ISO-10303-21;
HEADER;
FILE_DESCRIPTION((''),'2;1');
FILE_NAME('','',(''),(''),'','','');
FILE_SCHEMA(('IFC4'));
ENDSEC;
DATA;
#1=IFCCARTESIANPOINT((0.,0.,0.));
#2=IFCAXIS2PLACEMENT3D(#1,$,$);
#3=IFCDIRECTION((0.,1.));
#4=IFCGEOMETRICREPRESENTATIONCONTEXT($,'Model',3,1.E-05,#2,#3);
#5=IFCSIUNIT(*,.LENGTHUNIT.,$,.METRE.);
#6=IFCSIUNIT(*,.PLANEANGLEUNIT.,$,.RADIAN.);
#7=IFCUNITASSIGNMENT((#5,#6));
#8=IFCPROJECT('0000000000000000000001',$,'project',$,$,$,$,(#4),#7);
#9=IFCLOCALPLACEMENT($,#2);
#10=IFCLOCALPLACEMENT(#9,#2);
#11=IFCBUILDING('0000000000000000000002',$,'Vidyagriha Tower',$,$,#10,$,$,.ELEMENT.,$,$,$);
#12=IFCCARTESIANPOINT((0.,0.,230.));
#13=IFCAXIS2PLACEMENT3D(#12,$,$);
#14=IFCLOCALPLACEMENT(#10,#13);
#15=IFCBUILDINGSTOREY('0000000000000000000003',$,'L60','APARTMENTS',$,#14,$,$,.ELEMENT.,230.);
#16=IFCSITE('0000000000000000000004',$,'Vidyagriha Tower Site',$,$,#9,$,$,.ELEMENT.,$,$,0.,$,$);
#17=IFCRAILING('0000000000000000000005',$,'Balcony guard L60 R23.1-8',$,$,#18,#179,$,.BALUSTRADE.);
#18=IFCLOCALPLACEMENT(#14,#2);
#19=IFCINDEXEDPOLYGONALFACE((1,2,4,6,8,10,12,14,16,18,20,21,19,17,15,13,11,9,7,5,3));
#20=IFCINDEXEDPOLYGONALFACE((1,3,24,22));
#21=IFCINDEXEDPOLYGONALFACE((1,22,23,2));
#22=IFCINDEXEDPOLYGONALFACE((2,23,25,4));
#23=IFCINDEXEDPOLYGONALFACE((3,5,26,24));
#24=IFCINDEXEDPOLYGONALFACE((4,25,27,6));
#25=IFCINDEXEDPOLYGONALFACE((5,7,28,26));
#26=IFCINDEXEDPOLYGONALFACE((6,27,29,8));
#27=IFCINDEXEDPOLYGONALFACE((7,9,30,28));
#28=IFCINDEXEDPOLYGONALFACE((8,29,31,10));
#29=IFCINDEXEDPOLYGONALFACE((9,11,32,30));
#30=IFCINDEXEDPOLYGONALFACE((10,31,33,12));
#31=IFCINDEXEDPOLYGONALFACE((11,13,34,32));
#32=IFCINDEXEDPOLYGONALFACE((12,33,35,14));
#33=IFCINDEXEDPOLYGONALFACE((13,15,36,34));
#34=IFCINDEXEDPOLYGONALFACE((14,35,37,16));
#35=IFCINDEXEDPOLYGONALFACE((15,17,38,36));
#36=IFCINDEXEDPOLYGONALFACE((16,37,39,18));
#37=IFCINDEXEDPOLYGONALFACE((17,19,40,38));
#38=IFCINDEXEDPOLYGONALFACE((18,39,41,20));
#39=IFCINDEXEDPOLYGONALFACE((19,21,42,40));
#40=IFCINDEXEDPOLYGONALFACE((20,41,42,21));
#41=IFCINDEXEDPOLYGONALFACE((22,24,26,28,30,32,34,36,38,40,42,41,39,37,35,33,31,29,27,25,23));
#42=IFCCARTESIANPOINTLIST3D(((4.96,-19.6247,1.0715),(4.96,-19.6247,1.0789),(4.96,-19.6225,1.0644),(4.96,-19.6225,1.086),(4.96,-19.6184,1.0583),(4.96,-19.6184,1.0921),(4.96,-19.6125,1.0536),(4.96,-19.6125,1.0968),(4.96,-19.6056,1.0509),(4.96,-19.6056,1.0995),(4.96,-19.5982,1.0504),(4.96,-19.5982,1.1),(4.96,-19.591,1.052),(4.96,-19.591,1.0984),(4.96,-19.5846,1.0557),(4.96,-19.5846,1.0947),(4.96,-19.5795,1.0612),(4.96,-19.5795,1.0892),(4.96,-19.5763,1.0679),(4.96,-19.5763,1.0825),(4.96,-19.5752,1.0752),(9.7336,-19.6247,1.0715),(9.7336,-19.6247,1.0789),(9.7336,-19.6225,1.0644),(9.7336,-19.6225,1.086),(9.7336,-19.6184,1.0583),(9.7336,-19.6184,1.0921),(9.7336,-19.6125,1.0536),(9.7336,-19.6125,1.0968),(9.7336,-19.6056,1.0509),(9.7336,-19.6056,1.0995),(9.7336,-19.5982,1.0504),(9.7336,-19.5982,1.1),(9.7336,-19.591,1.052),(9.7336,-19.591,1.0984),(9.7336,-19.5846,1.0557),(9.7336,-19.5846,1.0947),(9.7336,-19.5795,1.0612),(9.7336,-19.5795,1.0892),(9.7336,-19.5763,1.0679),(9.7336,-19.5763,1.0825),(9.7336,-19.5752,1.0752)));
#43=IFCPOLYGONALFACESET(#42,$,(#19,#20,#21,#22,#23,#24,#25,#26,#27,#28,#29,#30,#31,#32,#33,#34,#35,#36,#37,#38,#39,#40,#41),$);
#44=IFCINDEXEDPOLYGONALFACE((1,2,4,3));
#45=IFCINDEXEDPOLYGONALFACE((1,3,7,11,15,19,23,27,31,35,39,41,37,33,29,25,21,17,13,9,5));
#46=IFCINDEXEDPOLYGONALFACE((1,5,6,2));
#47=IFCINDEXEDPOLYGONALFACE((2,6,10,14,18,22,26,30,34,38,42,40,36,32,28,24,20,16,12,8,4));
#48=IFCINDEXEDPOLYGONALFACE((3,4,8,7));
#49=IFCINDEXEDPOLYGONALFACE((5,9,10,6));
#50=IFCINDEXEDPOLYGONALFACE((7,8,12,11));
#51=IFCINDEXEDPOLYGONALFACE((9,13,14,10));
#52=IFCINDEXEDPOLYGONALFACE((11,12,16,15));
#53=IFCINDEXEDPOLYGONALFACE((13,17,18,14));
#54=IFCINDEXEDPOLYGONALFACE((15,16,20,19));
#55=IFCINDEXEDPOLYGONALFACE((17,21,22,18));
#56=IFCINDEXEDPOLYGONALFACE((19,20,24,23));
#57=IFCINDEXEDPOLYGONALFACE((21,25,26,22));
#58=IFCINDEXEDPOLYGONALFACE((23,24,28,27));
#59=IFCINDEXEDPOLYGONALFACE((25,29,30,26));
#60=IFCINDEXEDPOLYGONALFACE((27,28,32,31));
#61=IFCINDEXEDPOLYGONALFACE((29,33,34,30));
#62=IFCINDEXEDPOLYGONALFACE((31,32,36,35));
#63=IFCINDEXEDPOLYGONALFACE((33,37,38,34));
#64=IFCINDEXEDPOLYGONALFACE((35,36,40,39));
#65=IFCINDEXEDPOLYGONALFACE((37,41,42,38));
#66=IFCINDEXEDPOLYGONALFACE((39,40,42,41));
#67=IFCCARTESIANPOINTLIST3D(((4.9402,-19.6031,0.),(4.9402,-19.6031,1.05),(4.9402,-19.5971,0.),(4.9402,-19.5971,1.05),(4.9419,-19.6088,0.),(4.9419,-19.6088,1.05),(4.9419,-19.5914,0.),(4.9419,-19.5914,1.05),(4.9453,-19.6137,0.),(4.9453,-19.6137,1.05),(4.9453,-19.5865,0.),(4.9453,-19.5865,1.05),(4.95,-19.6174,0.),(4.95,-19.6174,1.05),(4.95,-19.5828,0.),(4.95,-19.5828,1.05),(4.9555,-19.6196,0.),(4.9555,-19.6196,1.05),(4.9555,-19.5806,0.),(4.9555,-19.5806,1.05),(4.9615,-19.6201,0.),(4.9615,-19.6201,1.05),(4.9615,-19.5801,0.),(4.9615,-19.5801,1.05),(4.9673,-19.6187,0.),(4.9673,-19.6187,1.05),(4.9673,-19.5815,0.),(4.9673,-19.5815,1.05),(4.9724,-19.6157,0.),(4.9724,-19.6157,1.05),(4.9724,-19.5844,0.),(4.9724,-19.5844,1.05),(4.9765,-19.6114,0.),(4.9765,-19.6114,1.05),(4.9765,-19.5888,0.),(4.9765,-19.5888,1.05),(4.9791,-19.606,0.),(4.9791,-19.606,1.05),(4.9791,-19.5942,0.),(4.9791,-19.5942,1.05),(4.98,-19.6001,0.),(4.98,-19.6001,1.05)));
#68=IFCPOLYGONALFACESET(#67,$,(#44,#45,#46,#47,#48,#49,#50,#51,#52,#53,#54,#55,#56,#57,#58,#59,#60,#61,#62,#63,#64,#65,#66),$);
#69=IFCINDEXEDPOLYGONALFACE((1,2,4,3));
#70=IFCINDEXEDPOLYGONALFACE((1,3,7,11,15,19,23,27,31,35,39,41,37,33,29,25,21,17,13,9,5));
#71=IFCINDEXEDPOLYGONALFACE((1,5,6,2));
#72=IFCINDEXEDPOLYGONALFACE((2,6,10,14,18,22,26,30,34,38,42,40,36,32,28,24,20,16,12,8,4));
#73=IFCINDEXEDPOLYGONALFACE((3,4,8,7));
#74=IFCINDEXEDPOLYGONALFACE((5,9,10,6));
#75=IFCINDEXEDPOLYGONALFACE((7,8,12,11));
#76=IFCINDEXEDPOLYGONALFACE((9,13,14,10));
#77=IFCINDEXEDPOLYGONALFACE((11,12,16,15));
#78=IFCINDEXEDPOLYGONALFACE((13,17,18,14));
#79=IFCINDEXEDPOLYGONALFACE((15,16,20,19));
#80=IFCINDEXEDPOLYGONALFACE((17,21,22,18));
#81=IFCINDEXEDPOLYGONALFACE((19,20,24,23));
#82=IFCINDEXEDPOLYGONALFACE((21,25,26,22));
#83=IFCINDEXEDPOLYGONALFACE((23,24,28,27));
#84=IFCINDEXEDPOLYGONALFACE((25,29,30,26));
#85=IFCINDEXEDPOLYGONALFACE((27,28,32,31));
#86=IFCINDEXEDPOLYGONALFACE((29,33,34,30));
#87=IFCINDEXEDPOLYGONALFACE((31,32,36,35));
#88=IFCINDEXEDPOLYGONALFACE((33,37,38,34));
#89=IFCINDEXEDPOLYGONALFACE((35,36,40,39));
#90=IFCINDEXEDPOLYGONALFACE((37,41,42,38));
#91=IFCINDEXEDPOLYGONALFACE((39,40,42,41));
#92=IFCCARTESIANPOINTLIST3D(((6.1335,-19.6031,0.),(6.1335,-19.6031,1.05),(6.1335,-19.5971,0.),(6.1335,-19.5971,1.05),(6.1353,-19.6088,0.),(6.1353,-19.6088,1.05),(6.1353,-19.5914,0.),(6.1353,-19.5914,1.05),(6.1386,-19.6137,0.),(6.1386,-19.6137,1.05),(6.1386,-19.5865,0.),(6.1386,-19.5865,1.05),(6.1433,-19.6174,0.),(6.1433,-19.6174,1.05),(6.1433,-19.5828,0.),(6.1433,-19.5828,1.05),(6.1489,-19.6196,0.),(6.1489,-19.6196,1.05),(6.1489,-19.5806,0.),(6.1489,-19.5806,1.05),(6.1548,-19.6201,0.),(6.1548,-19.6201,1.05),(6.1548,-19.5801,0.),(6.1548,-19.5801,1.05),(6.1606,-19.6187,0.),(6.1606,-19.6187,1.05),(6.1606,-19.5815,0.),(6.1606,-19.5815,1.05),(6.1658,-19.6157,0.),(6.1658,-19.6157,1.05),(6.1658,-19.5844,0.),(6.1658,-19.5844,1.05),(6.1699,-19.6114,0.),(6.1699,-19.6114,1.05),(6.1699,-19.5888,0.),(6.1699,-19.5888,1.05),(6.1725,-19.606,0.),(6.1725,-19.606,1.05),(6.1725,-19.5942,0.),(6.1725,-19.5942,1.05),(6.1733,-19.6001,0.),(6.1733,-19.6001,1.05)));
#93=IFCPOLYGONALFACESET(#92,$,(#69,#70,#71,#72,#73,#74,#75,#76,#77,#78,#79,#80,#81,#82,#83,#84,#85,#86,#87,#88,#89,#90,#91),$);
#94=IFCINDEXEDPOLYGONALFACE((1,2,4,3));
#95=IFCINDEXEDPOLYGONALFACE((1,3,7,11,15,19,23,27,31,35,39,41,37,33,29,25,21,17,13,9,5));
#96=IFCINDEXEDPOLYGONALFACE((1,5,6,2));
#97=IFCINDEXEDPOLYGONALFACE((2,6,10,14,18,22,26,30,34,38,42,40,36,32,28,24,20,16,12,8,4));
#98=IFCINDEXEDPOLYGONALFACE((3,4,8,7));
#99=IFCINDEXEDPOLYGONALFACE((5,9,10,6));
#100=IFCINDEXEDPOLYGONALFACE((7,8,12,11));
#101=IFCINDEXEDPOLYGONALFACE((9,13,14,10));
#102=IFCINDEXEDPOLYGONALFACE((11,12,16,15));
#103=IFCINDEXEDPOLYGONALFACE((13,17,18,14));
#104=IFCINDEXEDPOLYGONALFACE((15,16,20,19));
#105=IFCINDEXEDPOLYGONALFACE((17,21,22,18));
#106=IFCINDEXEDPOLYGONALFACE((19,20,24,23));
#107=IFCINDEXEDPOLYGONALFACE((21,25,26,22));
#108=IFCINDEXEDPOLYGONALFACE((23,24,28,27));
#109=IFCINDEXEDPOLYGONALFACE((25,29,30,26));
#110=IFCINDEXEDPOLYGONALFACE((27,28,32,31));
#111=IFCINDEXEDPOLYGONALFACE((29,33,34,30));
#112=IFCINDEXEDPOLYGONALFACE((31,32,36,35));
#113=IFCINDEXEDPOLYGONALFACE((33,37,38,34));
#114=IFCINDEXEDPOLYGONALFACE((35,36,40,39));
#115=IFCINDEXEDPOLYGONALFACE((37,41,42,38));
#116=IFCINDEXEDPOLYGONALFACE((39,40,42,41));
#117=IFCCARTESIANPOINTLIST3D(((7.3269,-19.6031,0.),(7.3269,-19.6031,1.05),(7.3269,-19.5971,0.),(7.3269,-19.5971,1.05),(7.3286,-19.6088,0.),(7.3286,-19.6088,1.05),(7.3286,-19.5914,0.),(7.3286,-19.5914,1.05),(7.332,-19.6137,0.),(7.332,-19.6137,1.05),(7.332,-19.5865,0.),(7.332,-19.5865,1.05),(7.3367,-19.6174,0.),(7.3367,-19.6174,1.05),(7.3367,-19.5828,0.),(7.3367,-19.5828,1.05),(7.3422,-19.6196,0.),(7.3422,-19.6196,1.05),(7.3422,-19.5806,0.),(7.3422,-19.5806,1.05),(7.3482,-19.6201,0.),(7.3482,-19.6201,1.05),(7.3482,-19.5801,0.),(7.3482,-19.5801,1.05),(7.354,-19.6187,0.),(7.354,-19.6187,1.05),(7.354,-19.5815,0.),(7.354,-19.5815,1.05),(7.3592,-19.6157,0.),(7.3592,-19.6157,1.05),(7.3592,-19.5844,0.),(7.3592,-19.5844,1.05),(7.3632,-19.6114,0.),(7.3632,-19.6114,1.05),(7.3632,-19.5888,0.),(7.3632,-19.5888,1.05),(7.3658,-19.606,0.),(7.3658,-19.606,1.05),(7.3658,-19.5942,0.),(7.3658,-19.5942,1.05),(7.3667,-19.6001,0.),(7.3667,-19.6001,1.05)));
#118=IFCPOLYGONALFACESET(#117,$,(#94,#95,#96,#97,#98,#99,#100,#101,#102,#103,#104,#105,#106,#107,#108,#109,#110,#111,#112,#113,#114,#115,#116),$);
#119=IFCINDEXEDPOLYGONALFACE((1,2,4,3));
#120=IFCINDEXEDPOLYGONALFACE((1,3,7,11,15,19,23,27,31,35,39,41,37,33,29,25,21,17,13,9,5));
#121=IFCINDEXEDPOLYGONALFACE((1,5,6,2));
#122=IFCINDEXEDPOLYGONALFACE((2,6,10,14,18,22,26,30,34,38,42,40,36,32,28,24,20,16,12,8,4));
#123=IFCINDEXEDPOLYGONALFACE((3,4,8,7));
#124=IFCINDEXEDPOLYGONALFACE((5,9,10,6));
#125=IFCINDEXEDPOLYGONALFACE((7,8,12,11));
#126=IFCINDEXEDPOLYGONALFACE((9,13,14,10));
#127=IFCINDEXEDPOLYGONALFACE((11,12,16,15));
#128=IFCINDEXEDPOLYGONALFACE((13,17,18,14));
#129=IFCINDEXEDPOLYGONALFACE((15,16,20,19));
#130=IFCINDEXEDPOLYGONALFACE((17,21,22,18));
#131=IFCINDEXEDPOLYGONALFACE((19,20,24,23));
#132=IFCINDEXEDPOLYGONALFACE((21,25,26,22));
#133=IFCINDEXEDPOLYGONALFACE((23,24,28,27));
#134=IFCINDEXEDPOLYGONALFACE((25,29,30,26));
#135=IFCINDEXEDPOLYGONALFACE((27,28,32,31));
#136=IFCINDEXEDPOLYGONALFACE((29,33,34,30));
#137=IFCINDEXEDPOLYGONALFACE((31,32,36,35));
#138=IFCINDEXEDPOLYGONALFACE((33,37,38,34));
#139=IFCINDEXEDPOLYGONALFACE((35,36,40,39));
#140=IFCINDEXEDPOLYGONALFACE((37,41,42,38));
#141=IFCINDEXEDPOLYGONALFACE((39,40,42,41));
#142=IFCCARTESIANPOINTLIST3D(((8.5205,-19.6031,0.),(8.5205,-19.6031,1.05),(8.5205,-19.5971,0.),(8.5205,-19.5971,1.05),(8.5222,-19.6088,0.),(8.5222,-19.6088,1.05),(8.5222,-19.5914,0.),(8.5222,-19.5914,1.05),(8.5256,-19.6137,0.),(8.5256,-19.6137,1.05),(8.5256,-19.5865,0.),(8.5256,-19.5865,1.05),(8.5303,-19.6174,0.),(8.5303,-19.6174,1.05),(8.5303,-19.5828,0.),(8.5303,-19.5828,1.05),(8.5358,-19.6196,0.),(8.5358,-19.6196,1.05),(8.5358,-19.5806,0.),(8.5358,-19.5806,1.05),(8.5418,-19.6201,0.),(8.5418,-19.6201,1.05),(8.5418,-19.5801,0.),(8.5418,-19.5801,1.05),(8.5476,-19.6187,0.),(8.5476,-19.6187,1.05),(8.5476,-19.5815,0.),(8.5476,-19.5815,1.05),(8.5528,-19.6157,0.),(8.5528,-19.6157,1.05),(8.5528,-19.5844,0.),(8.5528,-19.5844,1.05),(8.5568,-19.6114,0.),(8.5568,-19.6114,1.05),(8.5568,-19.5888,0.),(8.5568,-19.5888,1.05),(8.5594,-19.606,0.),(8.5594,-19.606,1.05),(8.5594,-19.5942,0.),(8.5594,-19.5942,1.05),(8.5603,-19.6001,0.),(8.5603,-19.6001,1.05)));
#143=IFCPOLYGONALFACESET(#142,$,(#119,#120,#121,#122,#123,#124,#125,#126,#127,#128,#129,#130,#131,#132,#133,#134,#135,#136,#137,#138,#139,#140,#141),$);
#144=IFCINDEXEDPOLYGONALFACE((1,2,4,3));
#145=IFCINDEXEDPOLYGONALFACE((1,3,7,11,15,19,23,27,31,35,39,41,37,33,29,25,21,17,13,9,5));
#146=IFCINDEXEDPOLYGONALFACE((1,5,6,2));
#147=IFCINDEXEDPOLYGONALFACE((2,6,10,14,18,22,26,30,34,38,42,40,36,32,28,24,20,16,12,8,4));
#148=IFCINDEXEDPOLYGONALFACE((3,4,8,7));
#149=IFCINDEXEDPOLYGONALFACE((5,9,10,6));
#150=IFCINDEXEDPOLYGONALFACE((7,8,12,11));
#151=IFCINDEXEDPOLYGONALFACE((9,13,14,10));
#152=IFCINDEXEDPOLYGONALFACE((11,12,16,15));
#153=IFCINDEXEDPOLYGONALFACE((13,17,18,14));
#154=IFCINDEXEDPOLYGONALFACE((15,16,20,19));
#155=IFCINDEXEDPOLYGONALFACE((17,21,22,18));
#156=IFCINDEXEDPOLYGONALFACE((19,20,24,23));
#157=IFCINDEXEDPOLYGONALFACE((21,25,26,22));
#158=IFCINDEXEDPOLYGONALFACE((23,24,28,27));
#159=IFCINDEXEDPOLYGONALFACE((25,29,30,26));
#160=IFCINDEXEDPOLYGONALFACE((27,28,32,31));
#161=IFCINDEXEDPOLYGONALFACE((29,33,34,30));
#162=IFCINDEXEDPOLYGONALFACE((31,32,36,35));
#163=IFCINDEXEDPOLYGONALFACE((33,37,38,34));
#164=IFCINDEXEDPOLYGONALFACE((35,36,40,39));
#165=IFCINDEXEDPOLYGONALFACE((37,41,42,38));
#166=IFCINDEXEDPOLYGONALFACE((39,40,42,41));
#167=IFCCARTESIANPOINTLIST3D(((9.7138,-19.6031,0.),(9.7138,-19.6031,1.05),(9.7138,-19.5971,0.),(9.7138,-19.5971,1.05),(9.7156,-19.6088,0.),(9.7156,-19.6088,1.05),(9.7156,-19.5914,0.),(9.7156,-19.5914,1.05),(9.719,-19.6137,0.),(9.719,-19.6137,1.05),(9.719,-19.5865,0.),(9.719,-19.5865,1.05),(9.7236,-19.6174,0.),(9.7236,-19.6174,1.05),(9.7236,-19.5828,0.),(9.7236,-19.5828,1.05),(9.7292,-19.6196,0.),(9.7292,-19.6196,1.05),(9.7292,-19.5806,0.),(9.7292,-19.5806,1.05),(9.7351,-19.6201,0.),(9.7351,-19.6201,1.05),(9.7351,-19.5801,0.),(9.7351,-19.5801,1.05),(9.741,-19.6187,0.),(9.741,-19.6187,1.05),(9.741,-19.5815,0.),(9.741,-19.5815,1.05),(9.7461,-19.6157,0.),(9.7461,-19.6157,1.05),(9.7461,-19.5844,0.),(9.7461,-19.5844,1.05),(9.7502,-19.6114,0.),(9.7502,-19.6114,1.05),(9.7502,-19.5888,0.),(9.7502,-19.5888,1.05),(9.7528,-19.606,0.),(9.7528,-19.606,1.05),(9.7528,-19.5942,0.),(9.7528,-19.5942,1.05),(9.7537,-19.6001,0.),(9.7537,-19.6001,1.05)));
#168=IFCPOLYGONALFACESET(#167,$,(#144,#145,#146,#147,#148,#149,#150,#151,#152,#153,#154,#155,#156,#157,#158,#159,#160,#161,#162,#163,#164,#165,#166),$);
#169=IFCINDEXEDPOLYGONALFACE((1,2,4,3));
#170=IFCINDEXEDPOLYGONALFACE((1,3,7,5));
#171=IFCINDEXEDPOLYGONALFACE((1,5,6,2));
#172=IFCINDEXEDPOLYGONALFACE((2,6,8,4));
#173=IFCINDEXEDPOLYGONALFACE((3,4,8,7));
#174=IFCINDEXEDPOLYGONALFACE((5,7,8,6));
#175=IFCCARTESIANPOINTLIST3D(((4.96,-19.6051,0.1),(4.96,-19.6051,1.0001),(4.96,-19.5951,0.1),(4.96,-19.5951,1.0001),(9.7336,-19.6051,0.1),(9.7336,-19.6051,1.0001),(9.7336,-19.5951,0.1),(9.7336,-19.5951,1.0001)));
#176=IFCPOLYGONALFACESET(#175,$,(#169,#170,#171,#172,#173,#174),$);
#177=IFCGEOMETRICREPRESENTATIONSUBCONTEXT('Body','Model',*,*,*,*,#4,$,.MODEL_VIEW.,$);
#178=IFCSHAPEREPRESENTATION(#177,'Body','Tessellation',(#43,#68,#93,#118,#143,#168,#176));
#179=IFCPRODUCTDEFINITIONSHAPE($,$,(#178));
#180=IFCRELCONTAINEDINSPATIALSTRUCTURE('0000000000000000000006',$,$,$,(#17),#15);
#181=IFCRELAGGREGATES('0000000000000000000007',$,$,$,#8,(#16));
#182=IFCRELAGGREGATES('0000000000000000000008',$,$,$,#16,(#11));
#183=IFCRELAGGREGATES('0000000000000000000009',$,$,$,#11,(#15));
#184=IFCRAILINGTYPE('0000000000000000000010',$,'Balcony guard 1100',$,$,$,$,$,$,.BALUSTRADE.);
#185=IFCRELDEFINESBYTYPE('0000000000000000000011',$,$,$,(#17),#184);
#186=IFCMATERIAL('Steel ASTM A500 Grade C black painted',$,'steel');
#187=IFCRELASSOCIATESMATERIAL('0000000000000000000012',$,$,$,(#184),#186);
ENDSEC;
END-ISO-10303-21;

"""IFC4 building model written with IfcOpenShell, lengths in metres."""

from ifc_helpers import new_model, si_unit, direction, frame, origin, origin_2d, place, context, subcontext, project, spatial, rectangle, circle, extrude, material, type_object, element, save


model = new_model("IFC4")

# Units and contexts
model_context = context("Model", 3, precision=1e-05, world=origin(), true_north=direction((0.0, 1.0)))
body_context = subcontext(model_context, "Body", "Model", "MODEL_VIEW")
ifc_project = project(units=[si_unit("LENGTHUNIT", "METRE"), si_unit("PLANEANGLEUNIT", "RADIAN")], contexts=[model_context])

# Site, building, storey
site_placement = place(None, origin())
site = spatial("IfcSite", under=ifc_project, at=site_placement, Name="Vidyagriha Tower Site", CompositionType="ELEMENT", RefElevation=0.0)
building_placement = place(site_placement, origin())
building = spatial("IfcBuilding", under=site, at=building_placement, Name="Vidyagriha Tower", CompositionType="ELEMENT")
storey_placement = place(building_placement, frame((0.0, 0.0, 230.0)))
storey = spatial("IfcBuildingStorey", under=building, at=storey_placement, Name="L60", Description="APARTMENTS", CompositionType="ELEMENT", Elevation=230.0)

# Railing
ifc_material_1 = material(Name="Steel ASTM A500 Grade C black painted", Category="steel")
railing_type = type_object("IfcRailingType", Name="Balcony guard 1100", PredefinedType="BALUSTRADE", material=ifc_material_1)
railing_1_placement = place(storey_placement, frame((4.96, -19.6001, 0.0)))
element("IfcRailing", 1, at=railing_1_placement, inside=storey, type_object=railing_type, Name="Balcony guard L60 R23.1-8", PredefinedType="BALUSTRADE", context=body_context, shape_type="SweptSolid", body=[
    extrude(circle(Radius=0.0249, at=origin_2d()), frame((0.0, 0.0, 1.0752), z_axis=(1.0, 0.0, 0.0), x_axis=(0.0, 1.0, 0.0)), (0.0, 0.0, 1.0), 4.7737),
    extrude(circle(Radius=0.02, at=origin_2d()), origin(), (0.0, 0.0, 1.0), 1.05),
    extrude(circle(Radius=0.02, at=origin_2d()), frame((1.1934, 0.0, 0.0)), (0.0, 0.0, 1.0), 1.05),
    extrude(circle(Radius=0.02, at=origin_2d()), frame((2.3867, 0.0, 0.0)), (0.0, 0.0, 1.0), 1.05),
    extrude(circle(Radius=0.02, at=origin_2d()), frame((3.5803, 0.0, 0.0)), (0.0, 0.0, 1.0), 1.05),
    extrude(circle(Radius=0.02, at=origin_2d()), frame((4.7737, 0.0, 0.0)), (0.0, 0.0, 1.0), 1.05),
    extrude(rectangle(XDim=0.01, YDim=0.9001, at=origin_2d()), frame((0.0, 0.0, 0.55), z_axis=(1.0, 0.0, 0.0), x_axis=(0.0, 1.0, 0.0)), (0.0, 0.0, 1.0), 4.7737),
])

save(model, "model.ifc")
